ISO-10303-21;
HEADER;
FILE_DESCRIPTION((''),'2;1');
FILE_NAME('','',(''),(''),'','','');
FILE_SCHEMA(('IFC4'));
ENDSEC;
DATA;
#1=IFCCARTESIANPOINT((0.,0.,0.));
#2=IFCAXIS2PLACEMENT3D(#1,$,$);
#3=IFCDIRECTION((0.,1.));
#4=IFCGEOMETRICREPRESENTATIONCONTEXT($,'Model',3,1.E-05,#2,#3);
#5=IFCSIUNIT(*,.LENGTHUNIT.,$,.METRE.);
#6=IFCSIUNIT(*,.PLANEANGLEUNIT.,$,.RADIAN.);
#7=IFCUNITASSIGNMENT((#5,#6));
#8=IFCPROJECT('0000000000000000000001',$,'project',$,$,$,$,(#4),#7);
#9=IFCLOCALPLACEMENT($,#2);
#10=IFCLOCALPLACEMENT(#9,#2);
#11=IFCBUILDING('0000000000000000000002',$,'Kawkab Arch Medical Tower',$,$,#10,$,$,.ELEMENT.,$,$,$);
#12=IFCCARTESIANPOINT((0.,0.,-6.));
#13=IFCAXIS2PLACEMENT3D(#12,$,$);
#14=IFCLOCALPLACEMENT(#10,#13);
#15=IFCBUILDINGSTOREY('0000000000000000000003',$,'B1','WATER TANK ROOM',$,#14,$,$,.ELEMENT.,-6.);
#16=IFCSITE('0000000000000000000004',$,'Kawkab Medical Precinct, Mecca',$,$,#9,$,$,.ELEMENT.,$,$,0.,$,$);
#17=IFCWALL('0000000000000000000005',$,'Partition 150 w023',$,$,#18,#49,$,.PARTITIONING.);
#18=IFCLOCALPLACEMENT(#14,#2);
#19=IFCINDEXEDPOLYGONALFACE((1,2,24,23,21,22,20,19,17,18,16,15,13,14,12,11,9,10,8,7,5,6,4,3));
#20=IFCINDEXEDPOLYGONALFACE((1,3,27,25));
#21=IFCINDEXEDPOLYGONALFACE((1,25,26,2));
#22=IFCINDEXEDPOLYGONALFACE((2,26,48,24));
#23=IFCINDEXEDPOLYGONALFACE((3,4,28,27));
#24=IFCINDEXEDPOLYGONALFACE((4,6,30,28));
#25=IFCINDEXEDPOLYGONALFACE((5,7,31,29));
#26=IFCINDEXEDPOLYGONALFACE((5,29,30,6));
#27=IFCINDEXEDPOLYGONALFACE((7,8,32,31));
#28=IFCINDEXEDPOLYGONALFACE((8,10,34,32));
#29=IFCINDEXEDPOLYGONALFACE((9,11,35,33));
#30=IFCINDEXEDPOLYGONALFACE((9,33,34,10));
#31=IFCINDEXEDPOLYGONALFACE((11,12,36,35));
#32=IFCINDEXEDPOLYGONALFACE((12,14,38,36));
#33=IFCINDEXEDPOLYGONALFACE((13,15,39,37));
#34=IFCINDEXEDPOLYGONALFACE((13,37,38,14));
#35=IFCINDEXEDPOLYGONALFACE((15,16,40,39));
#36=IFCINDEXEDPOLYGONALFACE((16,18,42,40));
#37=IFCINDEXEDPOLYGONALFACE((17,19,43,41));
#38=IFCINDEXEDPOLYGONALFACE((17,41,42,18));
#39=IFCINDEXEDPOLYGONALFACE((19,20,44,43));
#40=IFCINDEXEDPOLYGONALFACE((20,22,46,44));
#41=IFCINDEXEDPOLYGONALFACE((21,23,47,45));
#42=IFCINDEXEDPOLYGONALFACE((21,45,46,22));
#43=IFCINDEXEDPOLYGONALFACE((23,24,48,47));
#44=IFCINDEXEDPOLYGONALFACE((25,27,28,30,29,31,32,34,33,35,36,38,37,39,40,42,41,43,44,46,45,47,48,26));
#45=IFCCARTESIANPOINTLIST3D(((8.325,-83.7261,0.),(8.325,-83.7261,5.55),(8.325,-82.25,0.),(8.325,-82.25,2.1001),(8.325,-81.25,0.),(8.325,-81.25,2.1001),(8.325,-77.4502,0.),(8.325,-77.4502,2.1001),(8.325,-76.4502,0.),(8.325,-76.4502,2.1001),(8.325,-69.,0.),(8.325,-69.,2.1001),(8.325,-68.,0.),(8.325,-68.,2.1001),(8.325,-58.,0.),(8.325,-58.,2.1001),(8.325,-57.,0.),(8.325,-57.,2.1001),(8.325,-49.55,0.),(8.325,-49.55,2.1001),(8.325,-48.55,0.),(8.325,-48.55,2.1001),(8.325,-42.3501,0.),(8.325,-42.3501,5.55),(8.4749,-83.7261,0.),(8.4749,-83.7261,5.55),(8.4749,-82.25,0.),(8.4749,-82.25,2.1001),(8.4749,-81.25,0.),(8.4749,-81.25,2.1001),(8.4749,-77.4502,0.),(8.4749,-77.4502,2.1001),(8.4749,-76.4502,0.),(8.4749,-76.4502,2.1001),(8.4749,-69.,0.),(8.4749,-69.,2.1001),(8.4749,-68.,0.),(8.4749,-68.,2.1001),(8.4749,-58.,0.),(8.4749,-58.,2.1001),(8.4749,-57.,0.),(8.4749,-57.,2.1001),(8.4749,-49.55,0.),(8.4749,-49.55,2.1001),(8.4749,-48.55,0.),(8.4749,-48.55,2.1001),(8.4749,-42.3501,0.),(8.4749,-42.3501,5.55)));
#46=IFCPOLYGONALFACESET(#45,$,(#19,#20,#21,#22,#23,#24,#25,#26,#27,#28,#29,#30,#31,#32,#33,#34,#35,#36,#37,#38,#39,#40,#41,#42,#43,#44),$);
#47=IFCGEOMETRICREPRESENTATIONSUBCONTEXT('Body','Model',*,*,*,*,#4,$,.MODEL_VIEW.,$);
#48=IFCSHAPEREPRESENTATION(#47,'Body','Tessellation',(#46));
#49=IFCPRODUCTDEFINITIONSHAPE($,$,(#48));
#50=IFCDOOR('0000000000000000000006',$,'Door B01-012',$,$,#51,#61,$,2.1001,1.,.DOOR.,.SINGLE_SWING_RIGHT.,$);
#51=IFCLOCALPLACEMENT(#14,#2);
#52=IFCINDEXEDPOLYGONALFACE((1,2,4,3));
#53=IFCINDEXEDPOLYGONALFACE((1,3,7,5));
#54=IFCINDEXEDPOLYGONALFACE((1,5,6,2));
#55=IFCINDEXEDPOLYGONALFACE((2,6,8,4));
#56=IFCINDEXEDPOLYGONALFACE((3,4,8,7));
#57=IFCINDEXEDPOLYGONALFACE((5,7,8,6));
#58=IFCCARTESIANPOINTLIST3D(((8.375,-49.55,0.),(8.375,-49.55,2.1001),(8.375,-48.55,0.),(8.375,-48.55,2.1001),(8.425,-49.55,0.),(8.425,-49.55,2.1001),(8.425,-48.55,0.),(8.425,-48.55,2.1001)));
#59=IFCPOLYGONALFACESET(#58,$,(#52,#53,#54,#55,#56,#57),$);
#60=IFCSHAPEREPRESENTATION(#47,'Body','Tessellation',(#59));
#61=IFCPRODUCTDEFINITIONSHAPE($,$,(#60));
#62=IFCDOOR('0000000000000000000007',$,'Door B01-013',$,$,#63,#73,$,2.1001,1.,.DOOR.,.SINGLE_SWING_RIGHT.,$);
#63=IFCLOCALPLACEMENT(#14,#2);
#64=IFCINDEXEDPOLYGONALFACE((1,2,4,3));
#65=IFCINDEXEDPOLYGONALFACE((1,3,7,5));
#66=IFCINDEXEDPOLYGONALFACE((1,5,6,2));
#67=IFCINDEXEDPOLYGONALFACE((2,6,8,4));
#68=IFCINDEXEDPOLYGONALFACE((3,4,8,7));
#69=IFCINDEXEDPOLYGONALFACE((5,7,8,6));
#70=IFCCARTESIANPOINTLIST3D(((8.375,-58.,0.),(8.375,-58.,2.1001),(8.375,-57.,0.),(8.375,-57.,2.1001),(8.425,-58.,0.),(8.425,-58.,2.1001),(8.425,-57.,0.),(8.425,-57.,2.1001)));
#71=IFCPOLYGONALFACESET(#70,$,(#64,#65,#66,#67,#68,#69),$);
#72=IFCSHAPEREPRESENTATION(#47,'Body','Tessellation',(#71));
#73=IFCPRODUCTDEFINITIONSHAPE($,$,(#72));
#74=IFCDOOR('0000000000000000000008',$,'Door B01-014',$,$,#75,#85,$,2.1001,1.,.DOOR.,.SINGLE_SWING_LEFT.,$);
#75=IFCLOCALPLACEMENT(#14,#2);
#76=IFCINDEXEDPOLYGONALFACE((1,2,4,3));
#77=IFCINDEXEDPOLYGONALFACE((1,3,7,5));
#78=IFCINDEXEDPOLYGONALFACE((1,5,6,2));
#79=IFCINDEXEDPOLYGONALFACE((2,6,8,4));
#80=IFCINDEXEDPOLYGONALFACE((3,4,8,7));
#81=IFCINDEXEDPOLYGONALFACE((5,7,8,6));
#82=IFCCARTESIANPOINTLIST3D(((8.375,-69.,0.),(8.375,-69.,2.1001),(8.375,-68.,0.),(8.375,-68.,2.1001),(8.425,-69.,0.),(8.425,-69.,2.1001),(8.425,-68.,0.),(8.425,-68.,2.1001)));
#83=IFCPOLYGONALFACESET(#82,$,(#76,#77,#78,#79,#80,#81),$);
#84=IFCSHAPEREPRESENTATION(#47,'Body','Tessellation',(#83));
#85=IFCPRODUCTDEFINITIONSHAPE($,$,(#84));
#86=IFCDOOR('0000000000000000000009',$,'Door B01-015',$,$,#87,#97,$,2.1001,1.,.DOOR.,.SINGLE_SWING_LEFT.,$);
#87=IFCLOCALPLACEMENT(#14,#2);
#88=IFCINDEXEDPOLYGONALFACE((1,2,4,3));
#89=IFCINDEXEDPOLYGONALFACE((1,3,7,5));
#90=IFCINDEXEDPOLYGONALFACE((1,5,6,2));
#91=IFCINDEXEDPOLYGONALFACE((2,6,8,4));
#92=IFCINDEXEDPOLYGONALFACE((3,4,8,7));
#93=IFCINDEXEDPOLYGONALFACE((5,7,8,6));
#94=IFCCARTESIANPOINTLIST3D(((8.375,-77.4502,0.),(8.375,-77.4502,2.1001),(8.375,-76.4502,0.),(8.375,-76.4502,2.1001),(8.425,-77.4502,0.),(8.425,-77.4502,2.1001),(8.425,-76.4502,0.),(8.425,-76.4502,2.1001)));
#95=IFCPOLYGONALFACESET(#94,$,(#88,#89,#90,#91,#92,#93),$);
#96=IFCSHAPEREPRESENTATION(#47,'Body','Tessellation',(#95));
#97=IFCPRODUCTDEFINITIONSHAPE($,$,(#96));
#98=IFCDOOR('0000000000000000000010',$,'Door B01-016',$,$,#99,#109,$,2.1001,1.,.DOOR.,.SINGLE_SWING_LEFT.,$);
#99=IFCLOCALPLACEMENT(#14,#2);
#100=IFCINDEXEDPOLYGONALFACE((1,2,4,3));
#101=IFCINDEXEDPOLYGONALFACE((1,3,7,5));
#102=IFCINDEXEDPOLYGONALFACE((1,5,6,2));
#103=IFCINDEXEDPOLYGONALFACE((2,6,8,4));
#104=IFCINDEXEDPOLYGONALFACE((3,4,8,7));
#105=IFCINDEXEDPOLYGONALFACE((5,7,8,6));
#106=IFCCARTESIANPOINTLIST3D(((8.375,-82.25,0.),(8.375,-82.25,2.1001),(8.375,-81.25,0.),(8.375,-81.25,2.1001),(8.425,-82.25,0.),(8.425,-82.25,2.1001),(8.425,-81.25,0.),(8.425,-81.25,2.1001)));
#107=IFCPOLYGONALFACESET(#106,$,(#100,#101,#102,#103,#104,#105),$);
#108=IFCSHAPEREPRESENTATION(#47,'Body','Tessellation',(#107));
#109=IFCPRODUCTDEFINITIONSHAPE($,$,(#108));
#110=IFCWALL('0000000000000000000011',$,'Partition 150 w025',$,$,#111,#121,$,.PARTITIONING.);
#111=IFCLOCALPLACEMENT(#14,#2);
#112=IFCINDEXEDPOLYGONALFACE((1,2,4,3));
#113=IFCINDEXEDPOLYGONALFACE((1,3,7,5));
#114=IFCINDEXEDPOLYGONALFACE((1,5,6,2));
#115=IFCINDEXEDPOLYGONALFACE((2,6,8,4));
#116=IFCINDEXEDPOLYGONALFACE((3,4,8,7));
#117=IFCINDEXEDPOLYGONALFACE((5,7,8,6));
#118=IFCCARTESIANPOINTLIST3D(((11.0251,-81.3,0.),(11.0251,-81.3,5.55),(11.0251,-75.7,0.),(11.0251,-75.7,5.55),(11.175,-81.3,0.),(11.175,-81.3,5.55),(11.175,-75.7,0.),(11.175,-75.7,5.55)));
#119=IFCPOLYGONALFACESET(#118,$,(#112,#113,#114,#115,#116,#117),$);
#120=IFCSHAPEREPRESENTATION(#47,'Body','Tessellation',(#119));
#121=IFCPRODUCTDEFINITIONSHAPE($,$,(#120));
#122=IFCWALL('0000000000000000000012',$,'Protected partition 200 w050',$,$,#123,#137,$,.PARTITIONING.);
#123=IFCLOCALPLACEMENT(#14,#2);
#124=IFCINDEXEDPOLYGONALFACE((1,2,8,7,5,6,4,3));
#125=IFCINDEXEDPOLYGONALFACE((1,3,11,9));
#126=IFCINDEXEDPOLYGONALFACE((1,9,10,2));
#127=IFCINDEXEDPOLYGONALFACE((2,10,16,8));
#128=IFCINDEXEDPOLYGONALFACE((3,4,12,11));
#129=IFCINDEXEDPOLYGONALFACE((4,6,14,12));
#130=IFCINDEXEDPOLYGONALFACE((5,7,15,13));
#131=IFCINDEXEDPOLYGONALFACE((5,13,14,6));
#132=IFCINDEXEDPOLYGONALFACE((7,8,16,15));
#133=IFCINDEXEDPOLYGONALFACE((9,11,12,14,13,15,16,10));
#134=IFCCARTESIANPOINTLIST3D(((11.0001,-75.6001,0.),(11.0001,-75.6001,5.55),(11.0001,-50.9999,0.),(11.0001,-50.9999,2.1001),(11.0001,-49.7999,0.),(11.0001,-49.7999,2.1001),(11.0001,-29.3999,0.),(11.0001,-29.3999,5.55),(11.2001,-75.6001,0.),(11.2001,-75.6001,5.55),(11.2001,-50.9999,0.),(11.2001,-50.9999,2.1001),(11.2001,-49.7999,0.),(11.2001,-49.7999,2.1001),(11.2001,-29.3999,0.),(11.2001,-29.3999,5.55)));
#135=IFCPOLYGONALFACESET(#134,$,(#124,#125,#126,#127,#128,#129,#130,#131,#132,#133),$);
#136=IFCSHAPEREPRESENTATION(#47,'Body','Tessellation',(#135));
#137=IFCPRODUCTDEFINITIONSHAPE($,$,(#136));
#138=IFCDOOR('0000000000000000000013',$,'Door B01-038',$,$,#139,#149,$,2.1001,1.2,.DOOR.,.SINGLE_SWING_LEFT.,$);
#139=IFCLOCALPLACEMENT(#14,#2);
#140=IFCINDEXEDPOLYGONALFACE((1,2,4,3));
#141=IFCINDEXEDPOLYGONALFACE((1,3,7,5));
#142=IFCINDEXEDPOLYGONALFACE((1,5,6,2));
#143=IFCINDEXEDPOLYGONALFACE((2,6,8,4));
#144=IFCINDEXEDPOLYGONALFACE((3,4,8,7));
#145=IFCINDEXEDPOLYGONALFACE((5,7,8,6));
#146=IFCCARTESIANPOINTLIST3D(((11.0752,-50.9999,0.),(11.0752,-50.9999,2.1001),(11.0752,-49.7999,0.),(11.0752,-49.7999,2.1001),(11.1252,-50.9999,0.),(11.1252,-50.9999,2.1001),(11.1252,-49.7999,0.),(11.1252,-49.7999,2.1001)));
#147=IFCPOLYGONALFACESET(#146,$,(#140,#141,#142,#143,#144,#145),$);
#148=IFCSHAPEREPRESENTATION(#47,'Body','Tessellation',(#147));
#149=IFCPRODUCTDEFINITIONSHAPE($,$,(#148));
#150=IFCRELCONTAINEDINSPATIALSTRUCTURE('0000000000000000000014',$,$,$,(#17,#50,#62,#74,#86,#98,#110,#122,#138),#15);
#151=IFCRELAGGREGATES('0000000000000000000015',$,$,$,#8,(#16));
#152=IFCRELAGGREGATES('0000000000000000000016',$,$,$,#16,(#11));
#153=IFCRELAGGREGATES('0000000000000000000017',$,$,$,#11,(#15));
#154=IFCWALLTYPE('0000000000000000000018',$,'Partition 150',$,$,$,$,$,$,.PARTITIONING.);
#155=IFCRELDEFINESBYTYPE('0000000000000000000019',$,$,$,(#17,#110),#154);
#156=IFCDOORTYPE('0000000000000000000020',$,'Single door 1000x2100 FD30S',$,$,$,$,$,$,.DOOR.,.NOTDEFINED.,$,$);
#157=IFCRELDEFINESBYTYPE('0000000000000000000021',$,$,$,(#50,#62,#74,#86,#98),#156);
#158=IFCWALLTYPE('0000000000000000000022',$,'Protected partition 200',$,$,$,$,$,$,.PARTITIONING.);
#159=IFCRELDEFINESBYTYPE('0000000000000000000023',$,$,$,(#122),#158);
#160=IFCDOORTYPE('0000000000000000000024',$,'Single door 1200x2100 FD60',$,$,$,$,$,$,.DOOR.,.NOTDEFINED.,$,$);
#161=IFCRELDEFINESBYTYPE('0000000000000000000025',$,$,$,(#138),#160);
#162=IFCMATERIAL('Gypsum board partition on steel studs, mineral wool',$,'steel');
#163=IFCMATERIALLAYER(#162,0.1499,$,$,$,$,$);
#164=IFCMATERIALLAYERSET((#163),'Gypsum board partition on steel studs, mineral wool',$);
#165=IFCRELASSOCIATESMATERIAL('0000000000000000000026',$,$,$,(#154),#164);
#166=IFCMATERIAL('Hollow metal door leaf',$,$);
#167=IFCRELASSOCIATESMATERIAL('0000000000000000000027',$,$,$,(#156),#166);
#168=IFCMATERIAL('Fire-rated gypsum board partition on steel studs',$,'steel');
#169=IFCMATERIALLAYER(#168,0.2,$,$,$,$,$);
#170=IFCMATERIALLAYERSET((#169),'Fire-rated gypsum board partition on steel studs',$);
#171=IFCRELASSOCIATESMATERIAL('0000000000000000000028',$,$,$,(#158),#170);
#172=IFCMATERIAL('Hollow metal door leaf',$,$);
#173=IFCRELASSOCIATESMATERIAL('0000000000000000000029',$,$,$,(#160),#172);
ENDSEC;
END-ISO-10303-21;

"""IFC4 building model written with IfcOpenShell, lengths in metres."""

from ifc_helpers import new_model, si_unit, direction, frame, frame_2d, origin, place, context, subcontext, project, spatial, rectangle, extrude, material, layer, layer_set, type_object, element, fill, save


model = new_model("IFC4")

# Units and contexts
model_context = context("Model", 3, precision=1e-05, world=origin(), true_north=direction((0.0, 1.0)))
body_context = subcontext(model_context, "Body", "Model", "MODEL_VIEW")
ifc_project = project(units=[si_unit("LENGTHUNIT", "METRE"), si_unit("PLANEANGLEUNIT", "RADIAN")], contexts=[model_context])

# Site, building, storey
site_placement = place(None, origin())
site = spatial("IfcSite", under=ifc_project, at=site_placement, Name="Kawkab Medical Precinct, Mecca", CompositionType="ELEMENT", RefElevation=0.0)
building_placement = place(site_placement, origin())
building = spatial("IfcBuilding", under=site, at=building_placement, Name="Kawkab Arch Medical Tower", CompositionType="ELEMENT")
storey_placement = place(building_placement, frame((0.0, 0.0, -6.0)))
storey = spatial("IfcBuildingStorey", under=building, at=storey_placement, Name="B1", Description="WATER TANK ROOM", CompositionType="ELEMENT", Elevation=-6.0)

# Shared definitions
ifc_material_1 = material(Name="Gypsum board partition on steel studs, mineral wool", Category="steel")
ifc_layer_1 = layer(ifc_material_1, 0.1499)
ifc_layer_set_1 = layer_set([ifc_layer_1], Name="Gypsum board partition on steel studs, mineral wool")
wall_type_1 = type_object("IfcWallType", Name="Partition 150", PredefinedType="PARTITIONING", material=ifc_layer_set_1)
ifc_material_2 = material(Name="Hollow metal door leaf")
door_type_1 = type_object("IfcDoorType", Name="Single door 1000x2100 FD30S", OperationType="NOTDEFINED", PredefinedType="DOOR", material=ifc_material_2)

# Wall, openings, doors
wall_1_placement = place(storey_placement, frame((8.3999, -83.7261, 0.0), z_axis=(0.0, 0.0, 1.0), x_axis=(0.0, 1.0, 0.0)))
wall_1 = element("IfcWall", 1, at=wall_1_placement, inside=storey, type_object=wall_type_1, Name="Partition 150 w023", PredefinedType="PARTITIONING", context=body_context, shape_type="SweptSolid", body=[
    extrude(rectangle(XDim=41.376, YDim=0.1499, at=frame_2d((20.688, 0.0))), origin(), (0.0, 0.0, 1.0), 5.55),
])
opening_1_placement = place(wall_1_placement, frame((34.176, 0.0, 0.0)))
opening_1 = element("IfcOpeningElement", 2, at=opening_1_placement, cuts=wall_1, PredefinedType="OPENING", context=body_context, shape_type="SweptSolid", body=[
    extrude(rectangle(XDim=1.0, YDim=2.1001, at=frame_2d((0.5, 1.05))), frame((0.0, 0.085, 0.0), z_axis=(0.0, -1.0, 0.0), x_axis=(1.0, 0.0, 0.0)), (0.0, 0.0, 1.0), 0.1699),
])
opening_2_placement = place(wall_1_placement, frame((25.7261, 0.0, 0.0)))
opening_2 = element("IfcOpeningElement", 3, at=opening_2_placement, cuts=wall_1, PredefinedType="OPENING", context=body_context, shape_type="SweptSolid", body=[
    extrude(rectangle(XDim=1.0, YDim=2.1001, at=frame_2d((0.5, 1.05))), frame((0.0, 0.085, 0.0), z_axis=(0.0, -1.0, 0.0), x_axis=(1.0, 0.0, 0.0)), (0.0, 0.0, 1.0), 0.1699),
])
opening_3_placement = place(wall_1_placement, frame((14.7261, 0.0, 0.0)))
opening_3 = element("IfcOpeningElement", 4, at=opening_3_placement, cuts=wall_1, PredefinedType="OPENING", context=body_context, shape_type="SweptSolid", body=[
    extrude(rectangle(XDim=1.0, YDim=2.1001, at=frame_2d((0.5, 1.05))), frame((0.0, 0.085, 0.0), z_axis=(0.0, -1.0, 0.0), x_axis=(1.0, 0.0, 0.0)), (0.0, 0.0, 1.0), 0.1699),
])
opening_4_placement = place(wall_1_placement, frame((6.2759, 0.0, 0.0)))
opening_4 = element("IfcOpeningElement", 5, at=opening_4_placement, cuts=wall_1, PredefinedType="OPENING", context=body_context, shape_type="SweptSolid", body=[
    extrude(rectangle(XDim=1.0, YDim=2.1001, at=frame_2d((0.5, 1.05))), frame((0.0, 0.085, 0.0), z_axis=(0.0, -1.0, 0.0), x_axis=(1.0, 0.0, 0.0)), (0.0, 0.0, 1.0), 0.1699),
])
opening_5_placement = place(wall_1_placement, frame((1.4761, 0.0, 0.0)))
opening_5 = element("IfcOpeningElement", 6, at=opening_5_placement, cuts=wall_1, PredefinedType="OPENING", context=body_context, shape_type="SweptSolid", body=[
    extrude(rectangle(XDim=1.0, YDim=2.1001, at=frame_2d((0.5, 1.05))), frame((0.0, 0.085, 0.0), z_axis=(0.0, -1.0, 0.0), x_axis=(1.0, 0.0, 0.0)), (0.0, 0.0, 1.0), 0.1699),
])
door_1_placement = place(opening_1_placement, origin())
door_1 = element("IfcDoor", 7, at=door_1_placement, inside=storey, type_object=door_type_1, Name="Door B01-012", OperationType="SINGLE_SWING_RIGHT", OverallHeight=2.1001, OverallWidth=1.0, PredefinedType="DOOR", context=body_context, shape_type="SweptSolid", body=[
    extrude(rectangle(XDim=1.0, YDim=2.1001, at=frame_2d((0.5, 1.05))), frame((0.0, 0.0249, 0.0), z_axis=(0.0, -1.0, 0.0), x_axis=(1.0, 0.0, 0.0)), (0.0, 0.0, 1.0), 0.05),
])
fill(opening_1, door_1)
door_2_placement = place(opening_2_placement, origin())
door_2 = element("IfcDoor", 8, at=door_2_placement, inside=storey, type_object=door_type_1, Name="Door B01-013", OperationType="SINGLE_SWING_RIGHT", OverallHeight=2.1001, OverallWidth=1.0, PredefinedType="DOOR", context=body_context, shape_type="SweptSolid", body=[
    extrude(rectangle(XDim=1.0, YDim=2.1001, at=frame_2d((0.5, 1.05))), frame((0.0, 0.0249, 0.0), z_axis=(0.0, -1.0, 0.0), x_axis=(1.0, 0.0, 0.0)), (0.0, 0.0, 1.0), 0.05),
])
fill(opening_2, door_2)
door_3_placement = place(opening_3_placement, origin())
door_3 = element("IfcDoor", 9, at=door_3_placement, inside=storey, type_object=door_type_1, Name="Door B01-014", OperationType="SINGLE_SWING_LEFT", OverallHeight=2.1001, OverallWidth=1.0, PredefinedType="DOOR", context=body_context, shape_type="SweptSolid", body=[
    extrude(rectangle(XDim=1.0, YDim=2.1001, at=frame_2d((0.5, 1.05))), frame((0.0, 0.0249, 0.0), z_axis=(0.0, -1.0, 0.0), x_axis=(1.0, 0.0, 0.0)), (0.0, 0.0, 1.0), 0.05),
])
fill(opening_3, door_3)
door_4_placement = place(opening_4_placement, origin())
door_4 = element("IfcDoor", 10, at=door_4_placement, inside=storey, type_object=door_type_1, Name="Door B01-015", OperationType="SINGLE_SWING_LEFT", OverallHeight=2.1001, OverallWidth=1.0, PredefinedType="DOOR", context=body_context, shape_type="SweptSolid", body=[
    extrude(rectangle(XDim=1.0, YDim=2.1001, at=frame_2d((0.5, 1.05))), frame((0.0, 0.0249, 0.0), z_axis=(0.0, -1.0, 0.0), x_axis=(1.0, 0.0, 0.0)), (0.0, 0.0, 1.0), 0.05),
])
fill(opening_4, door_4)
door_5_placement = place(opening_5_placement, origin())
door_5 = element("IfcDoor", 11, at=door_5_placement, inside=storey, type_object=door_type_1, Name="Door B01-016", OperationType="SINGLE_SWING_LEFT", OverallHeight=2.1001, OverallWidth=1.0, PredefinedType="DOOR", context=body_context, shape_type="SweptSolid", body=[
    extrude(rectangle(XDim=1.0, YDim=2.1001, at=frame_2d((0.5, 1.05))), frame((0.0, 0.0249, 0.0), z_axis=(0.0, -1.0, 0.0), x_axis=(1.0, 0.0, 0.0)), (0.0, 0.0, 1.0), 0.05),
])
fill(opening_5, door_5)

# Wall
wall_2_placement = place(storey_placement, frame((11.1001, -81.3, 0.0), z_axis=(0.0, 0.0, 1.0), x_axis=(0.0, 1.0, 0.0)))
element("IfcWall", 12, at=wall_2_placement, inside=storey, type_object=wall_type_1, Name="Partition 150 w025", PredefinedType="PARTITIONING", context=body_context, shape_type="SweptSolid", body=[
    extrude(rectangle(XDim=5.6001, YDim=0.1499, at=frame_2d((2.8, 0.0))), origin(), (0.0, 0.0, 1.0), 5.55),
])

# Wall, opening, door
ifc_material_3 = material(Name="Fire-rated gypsum board partition on steel studs", Category="steel")
ifc_layer_2 = layer(ifc_material_3, 0.2)
ifc_layer_set_2 = layer_set([ifc_layer_2], Name="Fire-rated gypsum board partition on steel studs")
wall_type_2 = type_object("IfcWallType", Name="Protected partition 200", PredefinedType="PARTITIONING", material=ifc_layer_set_2)
wall_3_placement = place(storey_placement, frame((11.1001, -75.6001, 0.0), z_axis=(0.0, 0.0, 1.0), x_axis=(0.0, 1.0, 0.0)))
wall_3 = element("IfcWall", 13, at=wall_3_placement, inside=storey, type_object=wall_type_2, Name="Protected partition 200 w050", PredefinedType="PARTITIONING", context=body_context, shape_type="SweptSolid", body=[
    extrude(rectangle(XDim=46.2002, YDim=0.2, at=frame_2d((23.1001, 0.0))), origin(), (0.0, 0.0, 1.0), 5.55),
])
opening_6_placement = place(wall_3_placement, frame((24.6001, 0.0, 0.0)))
opening_6 = element("IfcOpeningElement", 14, at=opening_6_placement, cuts=wall_3, PredefinedType="OPENING", context=body_context, shape_type="SweptSolid", body=[
    extrude(rectangle(XDim=1.2, YDim=2.1001, at=frame_2d((0.6001, 1.05))), frame((0.0, 0.1099, 0.0), z_axis=(0.0, -1.0, 0.0), x_axis=(1.0, 0.0, 0.0)), (0.0, 0.0, 1.0), 0.22),
])
ifc_material_4 = material(Name="Hollow metal door leaf")
door_type_2 = type_object("IfcDoorType", Name="Single door 1200x2100 FD60", OperationType="NOTDEFINED", PredefinedType="DOOR", material=ifc_material_4)
door_6_placement = place(opening_6_placement, origin())
door_6 = element("IfcDoor", 15, at=door_6_placement, inside=storey, type_object=door_type_2, Name="Door B01-038", OperationType="SINGLE_SWING_LEFT", OverallHeight=2.1001, OverallWidth=1.2, PredefinedType="DOOR", context=body_context, shape_type="SweptSolid", body=[
    extrude(rectangle(XDim=1.2, YDim=2.1001, at=frame_2d((0.6001, 1.05))), frame((0.0, 0.0249, 0.0), z_axis=(0.0, -1.0, 0.0), x_axis=(1.0, 0.0, 0.0)), (0.0, 0.0, 1.0), 0.05),
])
fill(opening_6, door_6)

save(model, "model.ifc")
